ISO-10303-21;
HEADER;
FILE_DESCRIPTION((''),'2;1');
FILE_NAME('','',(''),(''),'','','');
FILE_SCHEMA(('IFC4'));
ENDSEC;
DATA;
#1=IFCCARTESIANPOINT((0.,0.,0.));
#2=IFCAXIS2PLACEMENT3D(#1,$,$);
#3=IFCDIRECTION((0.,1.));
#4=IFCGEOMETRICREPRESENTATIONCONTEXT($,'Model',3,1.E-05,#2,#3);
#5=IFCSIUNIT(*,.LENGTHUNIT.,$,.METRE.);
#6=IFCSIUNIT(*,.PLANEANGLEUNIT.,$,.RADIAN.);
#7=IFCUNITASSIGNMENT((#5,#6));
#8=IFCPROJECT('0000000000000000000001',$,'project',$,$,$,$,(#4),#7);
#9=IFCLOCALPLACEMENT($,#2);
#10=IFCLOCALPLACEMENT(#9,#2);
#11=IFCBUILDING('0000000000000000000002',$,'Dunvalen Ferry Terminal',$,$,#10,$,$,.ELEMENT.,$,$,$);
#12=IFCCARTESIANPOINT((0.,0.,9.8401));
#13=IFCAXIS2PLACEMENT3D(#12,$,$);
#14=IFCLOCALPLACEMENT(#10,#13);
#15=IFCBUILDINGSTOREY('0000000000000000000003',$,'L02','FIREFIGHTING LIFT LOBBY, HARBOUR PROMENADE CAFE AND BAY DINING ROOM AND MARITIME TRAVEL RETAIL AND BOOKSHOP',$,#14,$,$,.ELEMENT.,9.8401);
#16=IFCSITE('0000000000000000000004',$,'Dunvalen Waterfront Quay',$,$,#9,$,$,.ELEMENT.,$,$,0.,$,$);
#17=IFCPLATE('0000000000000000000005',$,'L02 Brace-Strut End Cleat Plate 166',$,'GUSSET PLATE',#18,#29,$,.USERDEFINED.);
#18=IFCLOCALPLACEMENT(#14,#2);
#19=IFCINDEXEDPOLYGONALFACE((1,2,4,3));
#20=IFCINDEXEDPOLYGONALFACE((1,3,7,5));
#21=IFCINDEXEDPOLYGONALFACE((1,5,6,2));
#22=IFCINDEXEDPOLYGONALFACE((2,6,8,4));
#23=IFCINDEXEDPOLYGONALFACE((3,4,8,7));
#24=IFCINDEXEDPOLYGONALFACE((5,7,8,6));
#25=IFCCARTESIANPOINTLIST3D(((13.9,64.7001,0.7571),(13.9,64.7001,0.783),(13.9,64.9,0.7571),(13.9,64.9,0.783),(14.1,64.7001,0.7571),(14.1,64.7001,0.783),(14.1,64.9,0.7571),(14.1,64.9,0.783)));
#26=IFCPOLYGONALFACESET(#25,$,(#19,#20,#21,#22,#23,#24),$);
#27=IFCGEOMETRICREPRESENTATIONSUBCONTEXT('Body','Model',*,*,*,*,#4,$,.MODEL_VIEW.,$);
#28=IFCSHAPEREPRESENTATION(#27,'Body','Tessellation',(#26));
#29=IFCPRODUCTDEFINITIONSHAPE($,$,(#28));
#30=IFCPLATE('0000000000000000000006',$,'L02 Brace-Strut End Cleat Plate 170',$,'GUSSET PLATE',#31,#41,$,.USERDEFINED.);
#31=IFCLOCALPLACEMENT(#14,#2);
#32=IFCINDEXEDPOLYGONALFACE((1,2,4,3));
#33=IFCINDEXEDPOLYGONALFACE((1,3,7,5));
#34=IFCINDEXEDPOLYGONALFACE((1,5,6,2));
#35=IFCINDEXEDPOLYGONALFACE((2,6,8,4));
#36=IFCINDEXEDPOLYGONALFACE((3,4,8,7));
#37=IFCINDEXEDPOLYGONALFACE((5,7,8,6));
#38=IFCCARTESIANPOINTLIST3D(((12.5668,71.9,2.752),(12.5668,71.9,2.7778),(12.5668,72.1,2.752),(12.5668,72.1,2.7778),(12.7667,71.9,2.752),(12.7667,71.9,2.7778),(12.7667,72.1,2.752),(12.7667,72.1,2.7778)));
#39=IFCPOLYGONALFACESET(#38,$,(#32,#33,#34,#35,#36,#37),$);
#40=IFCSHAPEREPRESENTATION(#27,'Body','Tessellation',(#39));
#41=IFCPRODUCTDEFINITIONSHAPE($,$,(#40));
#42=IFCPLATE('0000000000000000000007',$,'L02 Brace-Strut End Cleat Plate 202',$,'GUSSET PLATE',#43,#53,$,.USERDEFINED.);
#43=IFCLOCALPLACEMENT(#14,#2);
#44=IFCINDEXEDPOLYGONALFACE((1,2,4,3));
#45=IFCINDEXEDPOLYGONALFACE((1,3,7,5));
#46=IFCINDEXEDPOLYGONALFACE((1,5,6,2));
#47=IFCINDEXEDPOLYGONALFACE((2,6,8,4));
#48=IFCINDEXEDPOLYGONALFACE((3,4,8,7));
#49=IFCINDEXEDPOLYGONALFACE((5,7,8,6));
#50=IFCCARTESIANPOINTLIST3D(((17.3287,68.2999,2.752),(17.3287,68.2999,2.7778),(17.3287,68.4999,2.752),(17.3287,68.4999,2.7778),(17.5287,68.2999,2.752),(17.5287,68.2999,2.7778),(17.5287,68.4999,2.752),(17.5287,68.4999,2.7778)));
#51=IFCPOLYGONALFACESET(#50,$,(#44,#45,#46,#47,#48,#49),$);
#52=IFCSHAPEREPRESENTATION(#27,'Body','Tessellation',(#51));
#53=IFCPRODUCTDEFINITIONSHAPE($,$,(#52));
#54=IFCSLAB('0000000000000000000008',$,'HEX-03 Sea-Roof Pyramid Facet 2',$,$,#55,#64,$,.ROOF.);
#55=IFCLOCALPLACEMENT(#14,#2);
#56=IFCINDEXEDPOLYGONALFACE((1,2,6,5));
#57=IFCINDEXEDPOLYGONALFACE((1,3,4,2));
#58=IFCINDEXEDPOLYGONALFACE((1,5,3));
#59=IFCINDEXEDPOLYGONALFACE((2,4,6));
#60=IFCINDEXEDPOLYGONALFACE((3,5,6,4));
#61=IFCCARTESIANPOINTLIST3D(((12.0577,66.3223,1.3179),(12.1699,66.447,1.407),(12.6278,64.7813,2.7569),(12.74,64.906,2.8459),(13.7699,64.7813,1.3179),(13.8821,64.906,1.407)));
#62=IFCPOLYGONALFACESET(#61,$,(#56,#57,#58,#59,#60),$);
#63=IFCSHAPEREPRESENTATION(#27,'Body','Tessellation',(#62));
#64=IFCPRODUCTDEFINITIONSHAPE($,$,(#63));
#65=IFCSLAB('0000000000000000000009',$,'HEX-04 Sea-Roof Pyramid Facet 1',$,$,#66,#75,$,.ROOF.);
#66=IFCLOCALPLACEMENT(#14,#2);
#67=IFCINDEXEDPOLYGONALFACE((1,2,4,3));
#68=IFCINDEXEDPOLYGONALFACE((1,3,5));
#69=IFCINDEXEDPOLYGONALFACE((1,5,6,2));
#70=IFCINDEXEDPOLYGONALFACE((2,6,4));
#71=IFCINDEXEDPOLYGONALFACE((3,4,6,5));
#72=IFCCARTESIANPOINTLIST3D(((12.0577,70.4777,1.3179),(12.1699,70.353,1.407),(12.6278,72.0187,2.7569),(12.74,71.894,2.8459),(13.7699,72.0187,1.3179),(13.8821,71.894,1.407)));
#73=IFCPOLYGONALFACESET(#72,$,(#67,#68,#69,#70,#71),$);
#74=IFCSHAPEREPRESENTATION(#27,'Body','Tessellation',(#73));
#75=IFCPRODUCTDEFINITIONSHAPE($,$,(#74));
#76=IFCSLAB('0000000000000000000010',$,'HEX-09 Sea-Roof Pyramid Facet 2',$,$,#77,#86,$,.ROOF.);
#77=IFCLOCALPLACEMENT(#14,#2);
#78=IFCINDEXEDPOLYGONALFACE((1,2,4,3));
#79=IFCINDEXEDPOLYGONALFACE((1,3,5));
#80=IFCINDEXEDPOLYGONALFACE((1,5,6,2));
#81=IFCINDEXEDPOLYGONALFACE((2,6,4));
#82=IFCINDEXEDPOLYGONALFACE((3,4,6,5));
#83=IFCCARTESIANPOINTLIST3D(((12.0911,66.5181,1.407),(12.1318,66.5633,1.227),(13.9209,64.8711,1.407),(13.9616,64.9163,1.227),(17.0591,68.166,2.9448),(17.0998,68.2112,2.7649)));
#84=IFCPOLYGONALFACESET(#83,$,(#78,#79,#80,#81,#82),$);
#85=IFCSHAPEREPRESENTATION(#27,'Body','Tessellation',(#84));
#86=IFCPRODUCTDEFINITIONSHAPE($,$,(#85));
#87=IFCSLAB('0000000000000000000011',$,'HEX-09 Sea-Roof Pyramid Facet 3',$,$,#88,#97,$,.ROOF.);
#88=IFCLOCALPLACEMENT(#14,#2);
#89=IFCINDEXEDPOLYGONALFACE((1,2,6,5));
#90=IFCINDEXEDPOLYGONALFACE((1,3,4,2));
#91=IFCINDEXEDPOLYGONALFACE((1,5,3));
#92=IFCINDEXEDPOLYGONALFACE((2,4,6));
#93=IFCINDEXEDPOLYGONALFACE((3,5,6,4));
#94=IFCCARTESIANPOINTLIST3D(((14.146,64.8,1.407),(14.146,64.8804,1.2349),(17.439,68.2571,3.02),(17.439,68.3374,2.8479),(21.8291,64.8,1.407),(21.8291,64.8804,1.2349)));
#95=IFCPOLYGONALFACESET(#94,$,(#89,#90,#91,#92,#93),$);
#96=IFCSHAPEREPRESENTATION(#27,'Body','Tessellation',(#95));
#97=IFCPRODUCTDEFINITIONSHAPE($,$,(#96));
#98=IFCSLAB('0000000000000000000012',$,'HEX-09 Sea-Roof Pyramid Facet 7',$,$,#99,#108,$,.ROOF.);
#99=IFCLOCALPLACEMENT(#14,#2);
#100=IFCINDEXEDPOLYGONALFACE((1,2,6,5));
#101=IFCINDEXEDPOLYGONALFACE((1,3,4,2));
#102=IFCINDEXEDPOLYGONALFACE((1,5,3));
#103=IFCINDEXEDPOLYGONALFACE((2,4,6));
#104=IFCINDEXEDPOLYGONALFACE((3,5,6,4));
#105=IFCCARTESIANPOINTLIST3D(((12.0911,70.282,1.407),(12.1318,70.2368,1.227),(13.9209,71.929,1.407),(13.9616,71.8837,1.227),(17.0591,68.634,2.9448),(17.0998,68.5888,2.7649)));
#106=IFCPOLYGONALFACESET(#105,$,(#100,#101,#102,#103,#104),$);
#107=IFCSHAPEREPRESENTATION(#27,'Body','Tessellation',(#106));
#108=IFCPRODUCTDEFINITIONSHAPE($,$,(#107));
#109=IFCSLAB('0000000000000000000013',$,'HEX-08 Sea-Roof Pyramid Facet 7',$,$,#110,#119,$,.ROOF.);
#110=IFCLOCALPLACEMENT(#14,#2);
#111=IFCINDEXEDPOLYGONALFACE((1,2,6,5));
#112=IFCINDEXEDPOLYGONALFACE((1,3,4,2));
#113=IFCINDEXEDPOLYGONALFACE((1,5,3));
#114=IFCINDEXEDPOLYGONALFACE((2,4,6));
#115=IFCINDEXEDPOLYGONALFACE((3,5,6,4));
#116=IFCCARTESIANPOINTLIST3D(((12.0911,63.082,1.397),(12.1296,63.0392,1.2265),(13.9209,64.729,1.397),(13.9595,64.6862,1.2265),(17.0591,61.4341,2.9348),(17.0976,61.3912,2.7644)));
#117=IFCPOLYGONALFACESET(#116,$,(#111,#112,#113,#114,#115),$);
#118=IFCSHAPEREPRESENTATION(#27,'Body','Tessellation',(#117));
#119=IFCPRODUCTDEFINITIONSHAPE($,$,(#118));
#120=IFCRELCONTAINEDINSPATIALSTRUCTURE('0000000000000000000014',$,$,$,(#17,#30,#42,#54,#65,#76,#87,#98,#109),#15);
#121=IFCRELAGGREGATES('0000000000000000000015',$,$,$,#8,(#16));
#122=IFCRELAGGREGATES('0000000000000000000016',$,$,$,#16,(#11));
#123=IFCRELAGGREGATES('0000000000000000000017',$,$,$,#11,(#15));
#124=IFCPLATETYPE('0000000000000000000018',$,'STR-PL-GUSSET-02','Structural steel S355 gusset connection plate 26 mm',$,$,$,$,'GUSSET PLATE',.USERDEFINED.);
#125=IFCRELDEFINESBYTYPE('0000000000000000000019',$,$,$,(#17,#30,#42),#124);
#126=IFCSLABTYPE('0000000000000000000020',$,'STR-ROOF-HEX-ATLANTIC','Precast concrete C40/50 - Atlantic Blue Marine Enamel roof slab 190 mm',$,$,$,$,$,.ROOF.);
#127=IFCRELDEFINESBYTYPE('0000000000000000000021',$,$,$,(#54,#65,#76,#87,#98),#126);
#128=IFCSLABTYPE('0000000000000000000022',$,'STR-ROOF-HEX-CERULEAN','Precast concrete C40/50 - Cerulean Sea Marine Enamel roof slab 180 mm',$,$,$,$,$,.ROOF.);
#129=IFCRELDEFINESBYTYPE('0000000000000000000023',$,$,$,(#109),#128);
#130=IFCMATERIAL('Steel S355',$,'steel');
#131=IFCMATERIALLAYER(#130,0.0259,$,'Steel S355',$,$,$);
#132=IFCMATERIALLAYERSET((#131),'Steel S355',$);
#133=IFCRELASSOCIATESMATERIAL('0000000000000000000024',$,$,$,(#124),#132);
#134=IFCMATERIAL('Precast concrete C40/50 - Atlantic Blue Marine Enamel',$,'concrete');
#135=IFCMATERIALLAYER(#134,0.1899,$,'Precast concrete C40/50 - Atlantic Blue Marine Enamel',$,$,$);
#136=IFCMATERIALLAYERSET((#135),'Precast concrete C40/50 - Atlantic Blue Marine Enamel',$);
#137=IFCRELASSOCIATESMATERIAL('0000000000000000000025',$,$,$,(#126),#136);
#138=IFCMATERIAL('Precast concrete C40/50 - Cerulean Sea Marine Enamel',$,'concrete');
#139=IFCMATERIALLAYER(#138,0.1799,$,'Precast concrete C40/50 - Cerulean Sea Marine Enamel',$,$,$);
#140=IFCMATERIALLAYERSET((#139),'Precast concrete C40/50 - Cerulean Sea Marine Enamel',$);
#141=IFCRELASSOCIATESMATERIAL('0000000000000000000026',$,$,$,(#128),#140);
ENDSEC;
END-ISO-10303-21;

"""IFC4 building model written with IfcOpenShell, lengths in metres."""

from ifc_helpers import new_model, si_unit, direction, frame, origin, origin_2d, place, context, subcontext, project, spatial, polyline, rectangle, outline, extrude, material, layer, layer_set, type_object, element, save


model = new_model("IFC4")

# Units and contexts
model_context = context("Model", 3, precision=1e-05, world=origin(), true_north=direction((0.0, 1.0)))
body_context = subcontext(model_context, "Body", "Model", "MODEL_VIEW")
ifc_project = project(units=[si_unit("LENGTHUNIT", "METRE"), si_unit("PLANEANGLEUNIT", "RADIAN")], contexts=[model_context])

# Site, building, storey
site_placement = place(None, origin())
site = spatial("IfcSite", under=ifc_project, at=site_placement, Name="Dunvalen Waterfront Quay", CompositionType="ELEMENT", RefElevation=0.0)
building_placement = place(site_placement, origin())
building = spatial("IfcBuilding", under=site, at=building_placement, Name="Dunvalen Ferry Terminal", CompositionType="ELEMENT")
storey_placement = place(building_placement, frame((0.0, 0.0, 9.8401)))
storey = spatial("IfcBuildingStorey", under=building, at=storey_placement, Name="L02", Description="FIREFIGHTING LIFT LOBBY, HARBOUR PROMENADE CAFE AND BAY DINING ROOM AND MARITIME TRAVEL RETAIL AND BOOKSHOP", CompositionType="ELEMENT", Elevation=9.8401)

# Shared definitions
ifc_material_1 = material(Name="Steel S355", Category="steel")

# Plates
ifc_layer_1 = layer(ifc_material_1, 0.0259, Name="Steel S355")
ifc_layer_set_1 = layer_set([ifc_layer_1], Name="Steel S355")
plate_type_1 = type_object("IfcPlateType", Name="STR-PL-GUSSET-02", Description="Structural steel S355 gusset connection plate 26 mm", ElementType="GUSSET PLATE", PredefinedType="USERDEFINED", material=ifc_layer_set_1)
for number, where, z_axis, x_axis, name in (
    (1, (14.0, 64.8, 0.7571), (0.0, 0.0, 1.0), (1.0, 0.0, 0.0), "L02 Brace-Strut End Cleat Plate 166"),
    (2, (12.6667, 72.0, 2.752), (0.0, 0.0, 1.0), (1.0, 0.0, 0.0), "L02 Brace-Strut End Cleat Plate 170"),
    (3, (17.4287, 68.3999, 2.752), (0.0, 0.0, 1.0), (1.0, 0.0, 0.0), "L02 Brace-Strut End Cleat Plate 202"),
):
    element("IfcPlate", number, at=place(storey_placement, frame(where, z_axis=z_axis, x_axis=x_axis)), inside=storey, type_object=plate_type_1, Name=name, ObjectType="GUSSET PLATE", PredefinedType="USERDEFINED", context=body_context, shape_type="SweptSolid", body=[
        extrude(rectangle(XDim=0.2, YDim=0.2, at=origin_2d()), origin(), (0.0, 0.0, 1.0), 0.0259),
    ])

# Slabs
ifc_material_2 = material(Name="Precast concrete C40/50 - Atlantic Blue Marine Enamel", Category="concrete")
ifc_layer_2 = layer(ifc_material_2, 0.1899, Name="Precast concrete C40/50 - Atlantic Blue Marine Enamel")
ifc_layer_set_2 = layer_set([ifc_layer_2], Name="Precast concrete C40/50 - Atlantic Blue Marine Enamel")
slab_type_1 = type_object("IfcSlabType", Name="STR-ROOF-HEX-ATLANTIC", Description="Precast concrete C40/50 - Atlantic Blue Marine Enamel roof slab 190 mm", PredefinedType="ROOF", material=ifc_layer_set_2)
slab_1_placement = place(storey_placement, frame((13.8821, 64.906, 1.407), z_axis=(0.590859, 0.656479, 0.468958), x_axis=(-0.743278, 0.668982, 0.0)))
element("IfcSlab", 4, at=slab_1_placement, inside=storey, type_object=slab_type_1, Name="HEX-03 Sea-Roof Pyramid Facet 2", PredefinedType="ROOF", context=body_context, shape_type="SweptSolid", body=[
    extrude(outline(polyline([(0.0, 0.0), (2.3035, 0.0), (0.8489, 1.6292), (0.0, 0.0)])), origin(), (0.0, 0.0, -1.0), 0.1899),
])
slab_2_placement = place(storey_placement, frame((12.1699, 70.353, 1.407), z_axis=(0.590859, -0.656479, 0.468958), x_axis=(0.743278, 0.668982, 0.0)))
element("IfcSlab", 5, at=slab_2_placement, inside=storey, type_object=slab_type_1, Name="HEX-04 Sea-Roof Pyramid Facet 1", PredefinedType="ROOF", context=body_context, shape_type="SweptSolid", body=[
    extrude(outline(polyline([(0.0, 0.0), (2.3035, 0.0), (1.4546, 1.6292), (0.0, 0.0)])), origin(), (0.0, 0.0, -1.0), 0.1899),
])
slab_3_placement = place(storey_placement, frame((12.0911, 66.5181, 1.407), z_axis=(-0.214273, -0.238063, 0.947319), x_axis=(0.743269, -0.668992, 0.0)))
element("IfcSlab", 6, at=slab_3_placement, inside=storey, type_object=slab_type_1, Name="HEX-09 Sea-Roof Pyramid Facet 2", PredefinedType="ROOF", context=body_context, shape_type="SweptSolid", body=[
    extrude(outline(polyline([(0.0, 0.0), (2.4619, 0.0), (2.5901, 4.8014), (0.0, 0.0)])), origin(), (0.0, 0.0, -1.0), 0.1899),
])
slab_4_placement = place(storey_placement, frame((14.146, 64.8, 1.407), z_axis=(0.0, -0.422833, 0.906208), x_axis=(1.0, 0.0, 0.0)))
element("IfcSlab", 7, at=slab_4_placement, inside=storey, type_object=slab_type_1, Name="HEX-09 Sea-Roof Pyramid Facet 3", PredefinedType="ROOF", context=body_context, shape_type="SweptSolid", body=[
    extrude(outline(polyline([(0.0, 0.0), (7.6831, 0.0), (3.293, 3.8148), (0.0, 0.0)])), origin(), (0.0, 0.0, -1.0), 0.1899),
])
slab_5_placement = place(storey_placement, frame((13.9209, 71.929, 1.407), z_axis=(-0.214273, 0.238063, 0.947319), x_axis=(-0.743269, -0.668992, 0.0)))
element("IfcSlab", 8, at=slab_5_placement, inside=storey, type_object=slab_type_1, Name="HEX-09 Sea-Roof Pyramid Facet 7", PredefinedType="ROOF", context=body_context, shape_type="SweptSolid", body=[
    extrude(outline(polyline([(0.0, 0.0), (2.4619, 0.0), (-0.1282, 4.8014), (0.0, 0.0)])), origin(), (0.0, 0.0, -1.0), 0.1899),
])
ifc_material_3 = material(Name="Precast concrete C40/50 - Cerulean Sea Marine Enamel", Category="concrete")
ifc_layer_3 = layer(ifc_material_3, 0.1799, Name="Precast concrete C40/50 - Cerulean Sea Marine Enamel")
ifc_layer_set_3 = layer_set([ifc_layer_3], Name="Precast concrete C40/50 - Cerulean Sea Marine Enamel")
slab_type_2 = type_object("IfcSlabType", Name="STR-ROOF-HEX-CERULEAN", Description="Precast concrete C40/50 - Cerulean Sea Marine Enamel roof slab 180 mm", PredefinedType="ROOF", material=ifc_layer_set_3)
slab_6_placement = place(storey_placement, frame((13.9209, 64.729, 1.397), z_axis=(-0.214273, 0.238063, 0.947319), x_axis=(-0.743269, -0.668992, 0.0)))
element("IfcSlab", 9, at=slab_6_placement, inside=storey, type_object=slab_type_2, Name="HEX-08 Sea-Roof Pyramid Facet 7", PredefinedType="ROOF", context=body_context, shape_type="SweptSolid", body=[
    extrude(outline(polyline([(0.0, 0.0), (2.4619, 0.0), (-0.1282, 4.8014), (0.0, 0.0)])), origin(), (0.0, 0.0, -1.0), 0.1799),
])

save(model, "model.ifc")
